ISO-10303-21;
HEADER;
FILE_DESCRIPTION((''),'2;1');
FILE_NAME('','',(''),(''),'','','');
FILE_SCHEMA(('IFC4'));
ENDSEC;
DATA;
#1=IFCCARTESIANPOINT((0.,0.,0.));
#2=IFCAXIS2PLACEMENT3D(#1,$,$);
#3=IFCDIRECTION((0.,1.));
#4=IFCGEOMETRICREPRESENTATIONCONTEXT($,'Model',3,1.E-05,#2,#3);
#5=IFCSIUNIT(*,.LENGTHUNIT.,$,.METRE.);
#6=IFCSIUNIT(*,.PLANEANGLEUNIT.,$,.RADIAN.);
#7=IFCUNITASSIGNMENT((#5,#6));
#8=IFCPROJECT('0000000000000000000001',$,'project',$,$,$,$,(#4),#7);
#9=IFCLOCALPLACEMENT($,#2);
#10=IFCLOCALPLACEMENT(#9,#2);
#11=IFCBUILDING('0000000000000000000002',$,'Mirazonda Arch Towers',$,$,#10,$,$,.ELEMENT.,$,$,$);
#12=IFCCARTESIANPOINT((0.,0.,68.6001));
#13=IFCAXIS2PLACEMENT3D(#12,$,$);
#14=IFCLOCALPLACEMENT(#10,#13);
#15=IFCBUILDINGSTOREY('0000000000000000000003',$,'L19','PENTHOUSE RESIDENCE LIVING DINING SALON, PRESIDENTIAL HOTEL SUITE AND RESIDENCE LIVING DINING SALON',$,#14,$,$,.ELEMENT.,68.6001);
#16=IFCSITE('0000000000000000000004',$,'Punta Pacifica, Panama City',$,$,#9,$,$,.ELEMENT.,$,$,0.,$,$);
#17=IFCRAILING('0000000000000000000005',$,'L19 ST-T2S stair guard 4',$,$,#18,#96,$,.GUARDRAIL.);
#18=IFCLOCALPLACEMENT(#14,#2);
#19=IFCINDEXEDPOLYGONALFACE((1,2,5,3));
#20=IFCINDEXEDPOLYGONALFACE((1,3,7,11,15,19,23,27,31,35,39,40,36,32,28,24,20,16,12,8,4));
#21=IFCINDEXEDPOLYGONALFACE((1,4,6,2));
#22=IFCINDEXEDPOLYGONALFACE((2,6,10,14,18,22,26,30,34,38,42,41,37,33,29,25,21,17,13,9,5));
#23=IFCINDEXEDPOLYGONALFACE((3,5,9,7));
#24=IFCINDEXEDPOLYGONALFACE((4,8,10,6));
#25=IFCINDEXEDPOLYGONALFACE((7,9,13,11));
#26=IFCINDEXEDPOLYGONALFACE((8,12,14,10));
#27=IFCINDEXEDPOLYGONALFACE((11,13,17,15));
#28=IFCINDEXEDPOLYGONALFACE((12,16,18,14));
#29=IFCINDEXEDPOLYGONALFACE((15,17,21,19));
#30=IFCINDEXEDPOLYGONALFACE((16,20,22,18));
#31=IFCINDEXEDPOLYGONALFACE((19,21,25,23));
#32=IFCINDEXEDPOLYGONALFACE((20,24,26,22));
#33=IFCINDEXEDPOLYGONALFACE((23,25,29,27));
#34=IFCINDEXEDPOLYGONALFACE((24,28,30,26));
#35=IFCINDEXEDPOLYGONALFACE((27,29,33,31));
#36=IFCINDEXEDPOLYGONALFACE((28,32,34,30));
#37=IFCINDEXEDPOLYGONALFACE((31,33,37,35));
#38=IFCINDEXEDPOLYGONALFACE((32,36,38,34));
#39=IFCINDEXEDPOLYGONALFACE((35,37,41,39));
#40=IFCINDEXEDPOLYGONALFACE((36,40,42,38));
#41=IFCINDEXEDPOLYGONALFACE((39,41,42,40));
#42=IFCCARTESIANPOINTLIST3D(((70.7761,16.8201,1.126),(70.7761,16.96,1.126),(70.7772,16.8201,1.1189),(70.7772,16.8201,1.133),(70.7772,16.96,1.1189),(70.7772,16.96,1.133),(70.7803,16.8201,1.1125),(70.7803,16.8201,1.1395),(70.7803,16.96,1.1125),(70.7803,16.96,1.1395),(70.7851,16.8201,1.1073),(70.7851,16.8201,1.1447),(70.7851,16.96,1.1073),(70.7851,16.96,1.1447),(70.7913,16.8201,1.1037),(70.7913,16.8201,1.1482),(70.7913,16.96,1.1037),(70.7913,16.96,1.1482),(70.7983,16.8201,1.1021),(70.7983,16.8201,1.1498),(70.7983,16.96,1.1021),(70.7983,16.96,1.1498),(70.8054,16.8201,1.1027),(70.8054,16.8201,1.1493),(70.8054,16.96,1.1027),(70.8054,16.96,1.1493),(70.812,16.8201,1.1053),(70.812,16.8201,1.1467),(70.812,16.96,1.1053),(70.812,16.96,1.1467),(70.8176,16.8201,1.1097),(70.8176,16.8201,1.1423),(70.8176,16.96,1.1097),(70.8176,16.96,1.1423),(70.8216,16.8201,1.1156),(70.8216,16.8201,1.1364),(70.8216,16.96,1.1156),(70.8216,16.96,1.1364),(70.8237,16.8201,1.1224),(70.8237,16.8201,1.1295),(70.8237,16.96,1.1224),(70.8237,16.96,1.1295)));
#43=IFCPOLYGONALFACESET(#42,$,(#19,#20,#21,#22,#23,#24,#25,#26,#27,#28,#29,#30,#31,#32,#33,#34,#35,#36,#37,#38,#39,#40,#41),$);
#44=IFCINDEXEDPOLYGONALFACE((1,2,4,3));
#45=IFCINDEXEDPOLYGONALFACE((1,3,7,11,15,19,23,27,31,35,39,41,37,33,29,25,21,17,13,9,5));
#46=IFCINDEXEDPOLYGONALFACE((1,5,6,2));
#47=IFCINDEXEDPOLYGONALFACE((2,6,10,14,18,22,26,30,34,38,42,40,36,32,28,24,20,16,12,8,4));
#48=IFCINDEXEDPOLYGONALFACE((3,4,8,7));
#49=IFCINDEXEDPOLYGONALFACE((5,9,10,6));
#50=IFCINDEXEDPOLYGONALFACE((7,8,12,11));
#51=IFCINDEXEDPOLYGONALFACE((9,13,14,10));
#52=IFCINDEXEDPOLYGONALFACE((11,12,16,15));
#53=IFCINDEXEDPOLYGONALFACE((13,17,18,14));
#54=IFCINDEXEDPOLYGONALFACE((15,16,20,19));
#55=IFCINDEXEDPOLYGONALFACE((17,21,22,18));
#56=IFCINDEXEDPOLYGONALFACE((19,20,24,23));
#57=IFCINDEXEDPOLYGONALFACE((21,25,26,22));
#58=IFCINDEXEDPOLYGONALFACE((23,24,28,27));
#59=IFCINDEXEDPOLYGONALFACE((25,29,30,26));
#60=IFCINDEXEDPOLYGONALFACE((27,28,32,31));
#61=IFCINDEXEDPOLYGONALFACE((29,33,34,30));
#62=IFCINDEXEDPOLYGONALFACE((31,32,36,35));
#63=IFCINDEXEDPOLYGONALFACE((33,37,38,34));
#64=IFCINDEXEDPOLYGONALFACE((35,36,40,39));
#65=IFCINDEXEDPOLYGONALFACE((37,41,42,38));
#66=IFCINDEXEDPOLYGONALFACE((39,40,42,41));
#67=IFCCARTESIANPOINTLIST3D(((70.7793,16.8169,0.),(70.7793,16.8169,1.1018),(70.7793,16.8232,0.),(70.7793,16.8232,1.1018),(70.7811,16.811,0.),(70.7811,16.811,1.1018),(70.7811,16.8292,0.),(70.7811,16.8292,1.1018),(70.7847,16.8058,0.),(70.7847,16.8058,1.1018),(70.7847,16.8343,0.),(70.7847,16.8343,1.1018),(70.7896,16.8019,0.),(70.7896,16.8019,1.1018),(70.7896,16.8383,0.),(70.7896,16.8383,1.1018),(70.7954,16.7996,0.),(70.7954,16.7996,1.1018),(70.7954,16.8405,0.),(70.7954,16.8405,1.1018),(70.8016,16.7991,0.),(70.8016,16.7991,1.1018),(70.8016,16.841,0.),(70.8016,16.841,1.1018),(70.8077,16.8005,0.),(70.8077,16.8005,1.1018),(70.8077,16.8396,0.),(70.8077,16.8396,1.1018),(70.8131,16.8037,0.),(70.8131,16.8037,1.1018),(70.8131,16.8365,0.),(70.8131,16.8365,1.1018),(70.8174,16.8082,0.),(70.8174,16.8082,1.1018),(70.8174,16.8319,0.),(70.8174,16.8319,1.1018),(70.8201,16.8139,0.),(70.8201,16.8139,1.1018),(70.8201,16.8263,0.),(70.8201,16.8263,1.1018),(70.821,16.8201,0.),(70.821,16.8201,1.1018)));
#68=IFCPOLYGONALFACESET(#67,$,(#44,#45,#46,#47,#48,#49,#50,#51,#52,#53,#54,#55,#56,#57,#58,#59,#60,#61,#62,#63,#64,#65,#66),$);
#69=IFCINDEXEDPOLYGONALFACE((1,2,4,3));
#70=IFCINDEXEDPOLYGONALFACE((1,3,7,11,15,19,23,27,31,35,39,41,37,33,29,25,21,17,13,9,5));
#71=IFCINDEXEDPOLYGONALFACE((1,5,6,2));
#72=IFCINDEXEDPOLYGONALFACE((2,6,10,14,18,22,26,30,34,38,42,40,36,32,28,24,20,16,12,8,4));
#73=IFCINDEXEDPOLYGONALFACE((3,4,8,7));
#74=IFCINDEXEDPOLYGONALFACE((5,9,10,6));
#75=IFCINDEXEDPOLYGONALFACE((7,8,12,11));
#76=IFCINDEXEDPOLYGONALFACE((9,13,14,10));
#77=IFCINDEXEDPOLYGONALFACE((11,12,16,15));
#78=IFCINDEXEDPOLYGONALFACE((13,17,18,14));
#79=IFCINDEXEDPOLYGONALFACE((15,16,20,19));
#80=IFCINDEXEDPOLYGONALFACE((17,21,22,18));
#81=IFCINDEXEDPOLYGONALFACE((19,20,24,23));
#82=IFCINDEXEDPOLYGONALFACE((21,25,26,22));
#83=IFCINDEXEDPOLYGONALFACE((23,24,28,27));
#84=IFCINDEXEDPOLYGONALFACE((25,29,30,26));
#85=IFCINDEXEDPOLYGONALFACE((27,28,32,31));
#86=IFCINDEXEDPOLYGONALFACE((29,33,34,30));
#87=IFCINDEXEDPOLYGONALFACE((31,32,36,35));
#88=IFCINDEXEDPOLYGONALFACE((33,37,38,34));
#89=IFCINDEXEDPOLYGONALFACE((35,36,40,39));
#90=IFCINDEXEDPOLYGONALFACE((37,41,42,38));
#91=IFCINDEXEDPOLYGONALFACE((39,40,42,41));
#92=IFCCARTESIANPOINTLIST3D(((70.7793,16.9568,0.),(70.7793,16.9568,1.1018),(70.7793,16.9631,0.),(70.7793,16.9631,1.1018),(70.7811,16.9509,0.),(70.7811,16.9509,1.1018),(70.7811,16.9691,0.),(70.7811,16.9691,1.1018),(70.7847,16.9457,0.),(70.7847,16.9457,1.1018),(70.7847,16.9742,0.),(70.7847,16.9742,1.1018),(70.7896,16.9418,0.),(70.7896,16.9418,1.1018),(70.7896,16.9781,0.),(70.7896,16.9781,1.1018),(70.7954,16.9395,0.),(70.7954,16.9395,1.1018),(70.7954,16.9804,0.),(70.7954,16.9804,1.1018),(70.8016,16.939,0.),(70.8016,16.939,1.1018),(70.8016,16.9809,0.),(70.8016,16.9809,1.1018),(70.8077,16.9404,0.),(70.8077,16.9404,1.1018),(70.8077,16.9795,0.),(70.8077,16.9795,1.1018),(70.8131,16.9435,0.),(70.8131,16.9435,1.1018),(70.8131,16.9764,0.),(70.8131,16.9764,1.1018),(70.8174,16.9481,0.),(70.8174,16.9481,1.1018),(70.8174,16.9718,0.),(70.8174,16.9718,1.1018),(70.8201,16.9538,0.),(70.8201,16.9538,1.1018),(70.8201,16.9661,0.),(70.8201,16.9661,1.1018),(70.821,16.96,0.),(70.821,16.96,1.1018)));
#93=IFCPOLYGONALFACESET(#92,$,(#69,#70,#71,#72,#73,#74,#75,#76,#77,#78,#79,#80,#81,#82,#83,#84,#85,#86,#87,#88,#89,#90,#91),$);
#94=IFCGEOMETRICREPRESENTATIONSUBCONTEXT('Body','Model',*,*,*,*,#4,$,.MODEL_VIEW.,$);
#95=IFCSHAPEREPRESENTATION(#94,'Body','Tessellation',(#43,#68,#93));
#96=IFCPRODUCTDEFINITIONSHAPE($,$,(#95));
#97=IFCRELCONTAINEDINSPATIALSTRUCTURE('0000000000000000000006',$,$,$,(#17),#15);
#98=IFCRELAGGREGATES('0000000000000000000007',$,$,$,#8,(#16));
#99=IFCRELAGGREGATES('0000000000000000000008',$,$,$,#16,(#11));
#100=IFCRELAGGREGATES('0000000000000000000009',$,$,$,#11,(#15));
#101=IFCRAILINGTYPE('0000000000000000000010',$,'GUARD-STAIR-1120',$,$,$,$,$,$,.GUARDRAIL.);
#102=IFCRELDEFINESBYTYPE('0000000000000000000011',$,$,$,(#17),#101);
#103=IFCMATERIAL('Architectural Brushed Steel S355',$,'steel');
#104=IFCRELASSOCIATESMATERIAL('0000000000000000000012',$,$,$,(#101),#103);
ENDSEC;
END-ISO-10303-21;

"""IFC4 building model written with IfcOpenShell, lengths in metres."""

from ifc_helpers import new_model, si_unit, direction, frame, origin, origin_2d, place, context, subcontext, project, spatial, circle, extrude, material, type_object, element, save


model = new_model("IFC4")

# Units and contexts
model_context = context("Model", 3, precision=1e-05, world=origin(), true_north=direction((0.0, 1.0)))
body_context = subcontext(model_context, "Body", "Model", "MODEL_VIEW")
ifc_project = project(units=[si_unit("LENGTHUNIT", "METRE"), si_unit("PLANEANGLEUNIT", "RADIAN")], contexts=[model_context])

# Site, building, storey
site_placement = place(None, origin())
site = spatial("IfcSite", under=ifc_project, at=site_placement, Name="Punta Pacifica, Panama City", CompositionType="ELEMENT", RefElevation=0.0)
building_placement = place(site_placement, origin())
building = spatial("IfcBuilding", under=site, at=building_placement, Name="Mirazonda Arch Towers", CompositionType="ELEMENT")
storey_placement = place(building_placement, frame((0.0, 0.0, 68.6001)))
storey = spatial("IfcBuildingStorey", under=building, at=storey_placement, Name="L19", Description="PENTHOUSE RESIDENCE LIVING DINING SALON, PRESIDENTIAL HOTEL SUITE AND RESIDENCE LIVING DINING SALON", CompositionType="ELEMENT", Elevation=68.6001)

# Railing
ifc_material_1 = material(Name="Architectural Brushed Steel S355", Category="steel")
railing_type_1 = type_object("IfcRailingType", Name="GUARD-STAIR-1120", PredefinedType="GUARDRAIL", material=ifc_material_1)
railing_1_placement = place(storey_placement, frame((70.8, 16.8201, 0.0)))
element("IfcRailing", 1, at=railing_1_placement, inside=storey, type_object=railing_type_1, Name="L19 ST-T2S stair guard 4", PredefinedType="GUARDRAIL", context=body_context, shape_type="SweptSolid", body=[
    extrude(circle(Radius=0.0239, at=origin_2d()), frame((0.0, 0.0, 1.126), z_axis=(0.0, 1.0, 0.0), x_axis=(-1.0, 0.0, 0.0)), (0.0, 0.0, 1.0), 0.1399),
    extrude(circle(Radius=0.021, at=origin_2d()), origin(), (0.0, 0.0, 1.0), 1.1018),
    extrude(circle(Radius=0.021, at=origin_2d()), frame((0.0, 0.1399, 0.0)), (0.0, 0.0, 1.0), 1.1018),
])

save(model, "model.ifc")
